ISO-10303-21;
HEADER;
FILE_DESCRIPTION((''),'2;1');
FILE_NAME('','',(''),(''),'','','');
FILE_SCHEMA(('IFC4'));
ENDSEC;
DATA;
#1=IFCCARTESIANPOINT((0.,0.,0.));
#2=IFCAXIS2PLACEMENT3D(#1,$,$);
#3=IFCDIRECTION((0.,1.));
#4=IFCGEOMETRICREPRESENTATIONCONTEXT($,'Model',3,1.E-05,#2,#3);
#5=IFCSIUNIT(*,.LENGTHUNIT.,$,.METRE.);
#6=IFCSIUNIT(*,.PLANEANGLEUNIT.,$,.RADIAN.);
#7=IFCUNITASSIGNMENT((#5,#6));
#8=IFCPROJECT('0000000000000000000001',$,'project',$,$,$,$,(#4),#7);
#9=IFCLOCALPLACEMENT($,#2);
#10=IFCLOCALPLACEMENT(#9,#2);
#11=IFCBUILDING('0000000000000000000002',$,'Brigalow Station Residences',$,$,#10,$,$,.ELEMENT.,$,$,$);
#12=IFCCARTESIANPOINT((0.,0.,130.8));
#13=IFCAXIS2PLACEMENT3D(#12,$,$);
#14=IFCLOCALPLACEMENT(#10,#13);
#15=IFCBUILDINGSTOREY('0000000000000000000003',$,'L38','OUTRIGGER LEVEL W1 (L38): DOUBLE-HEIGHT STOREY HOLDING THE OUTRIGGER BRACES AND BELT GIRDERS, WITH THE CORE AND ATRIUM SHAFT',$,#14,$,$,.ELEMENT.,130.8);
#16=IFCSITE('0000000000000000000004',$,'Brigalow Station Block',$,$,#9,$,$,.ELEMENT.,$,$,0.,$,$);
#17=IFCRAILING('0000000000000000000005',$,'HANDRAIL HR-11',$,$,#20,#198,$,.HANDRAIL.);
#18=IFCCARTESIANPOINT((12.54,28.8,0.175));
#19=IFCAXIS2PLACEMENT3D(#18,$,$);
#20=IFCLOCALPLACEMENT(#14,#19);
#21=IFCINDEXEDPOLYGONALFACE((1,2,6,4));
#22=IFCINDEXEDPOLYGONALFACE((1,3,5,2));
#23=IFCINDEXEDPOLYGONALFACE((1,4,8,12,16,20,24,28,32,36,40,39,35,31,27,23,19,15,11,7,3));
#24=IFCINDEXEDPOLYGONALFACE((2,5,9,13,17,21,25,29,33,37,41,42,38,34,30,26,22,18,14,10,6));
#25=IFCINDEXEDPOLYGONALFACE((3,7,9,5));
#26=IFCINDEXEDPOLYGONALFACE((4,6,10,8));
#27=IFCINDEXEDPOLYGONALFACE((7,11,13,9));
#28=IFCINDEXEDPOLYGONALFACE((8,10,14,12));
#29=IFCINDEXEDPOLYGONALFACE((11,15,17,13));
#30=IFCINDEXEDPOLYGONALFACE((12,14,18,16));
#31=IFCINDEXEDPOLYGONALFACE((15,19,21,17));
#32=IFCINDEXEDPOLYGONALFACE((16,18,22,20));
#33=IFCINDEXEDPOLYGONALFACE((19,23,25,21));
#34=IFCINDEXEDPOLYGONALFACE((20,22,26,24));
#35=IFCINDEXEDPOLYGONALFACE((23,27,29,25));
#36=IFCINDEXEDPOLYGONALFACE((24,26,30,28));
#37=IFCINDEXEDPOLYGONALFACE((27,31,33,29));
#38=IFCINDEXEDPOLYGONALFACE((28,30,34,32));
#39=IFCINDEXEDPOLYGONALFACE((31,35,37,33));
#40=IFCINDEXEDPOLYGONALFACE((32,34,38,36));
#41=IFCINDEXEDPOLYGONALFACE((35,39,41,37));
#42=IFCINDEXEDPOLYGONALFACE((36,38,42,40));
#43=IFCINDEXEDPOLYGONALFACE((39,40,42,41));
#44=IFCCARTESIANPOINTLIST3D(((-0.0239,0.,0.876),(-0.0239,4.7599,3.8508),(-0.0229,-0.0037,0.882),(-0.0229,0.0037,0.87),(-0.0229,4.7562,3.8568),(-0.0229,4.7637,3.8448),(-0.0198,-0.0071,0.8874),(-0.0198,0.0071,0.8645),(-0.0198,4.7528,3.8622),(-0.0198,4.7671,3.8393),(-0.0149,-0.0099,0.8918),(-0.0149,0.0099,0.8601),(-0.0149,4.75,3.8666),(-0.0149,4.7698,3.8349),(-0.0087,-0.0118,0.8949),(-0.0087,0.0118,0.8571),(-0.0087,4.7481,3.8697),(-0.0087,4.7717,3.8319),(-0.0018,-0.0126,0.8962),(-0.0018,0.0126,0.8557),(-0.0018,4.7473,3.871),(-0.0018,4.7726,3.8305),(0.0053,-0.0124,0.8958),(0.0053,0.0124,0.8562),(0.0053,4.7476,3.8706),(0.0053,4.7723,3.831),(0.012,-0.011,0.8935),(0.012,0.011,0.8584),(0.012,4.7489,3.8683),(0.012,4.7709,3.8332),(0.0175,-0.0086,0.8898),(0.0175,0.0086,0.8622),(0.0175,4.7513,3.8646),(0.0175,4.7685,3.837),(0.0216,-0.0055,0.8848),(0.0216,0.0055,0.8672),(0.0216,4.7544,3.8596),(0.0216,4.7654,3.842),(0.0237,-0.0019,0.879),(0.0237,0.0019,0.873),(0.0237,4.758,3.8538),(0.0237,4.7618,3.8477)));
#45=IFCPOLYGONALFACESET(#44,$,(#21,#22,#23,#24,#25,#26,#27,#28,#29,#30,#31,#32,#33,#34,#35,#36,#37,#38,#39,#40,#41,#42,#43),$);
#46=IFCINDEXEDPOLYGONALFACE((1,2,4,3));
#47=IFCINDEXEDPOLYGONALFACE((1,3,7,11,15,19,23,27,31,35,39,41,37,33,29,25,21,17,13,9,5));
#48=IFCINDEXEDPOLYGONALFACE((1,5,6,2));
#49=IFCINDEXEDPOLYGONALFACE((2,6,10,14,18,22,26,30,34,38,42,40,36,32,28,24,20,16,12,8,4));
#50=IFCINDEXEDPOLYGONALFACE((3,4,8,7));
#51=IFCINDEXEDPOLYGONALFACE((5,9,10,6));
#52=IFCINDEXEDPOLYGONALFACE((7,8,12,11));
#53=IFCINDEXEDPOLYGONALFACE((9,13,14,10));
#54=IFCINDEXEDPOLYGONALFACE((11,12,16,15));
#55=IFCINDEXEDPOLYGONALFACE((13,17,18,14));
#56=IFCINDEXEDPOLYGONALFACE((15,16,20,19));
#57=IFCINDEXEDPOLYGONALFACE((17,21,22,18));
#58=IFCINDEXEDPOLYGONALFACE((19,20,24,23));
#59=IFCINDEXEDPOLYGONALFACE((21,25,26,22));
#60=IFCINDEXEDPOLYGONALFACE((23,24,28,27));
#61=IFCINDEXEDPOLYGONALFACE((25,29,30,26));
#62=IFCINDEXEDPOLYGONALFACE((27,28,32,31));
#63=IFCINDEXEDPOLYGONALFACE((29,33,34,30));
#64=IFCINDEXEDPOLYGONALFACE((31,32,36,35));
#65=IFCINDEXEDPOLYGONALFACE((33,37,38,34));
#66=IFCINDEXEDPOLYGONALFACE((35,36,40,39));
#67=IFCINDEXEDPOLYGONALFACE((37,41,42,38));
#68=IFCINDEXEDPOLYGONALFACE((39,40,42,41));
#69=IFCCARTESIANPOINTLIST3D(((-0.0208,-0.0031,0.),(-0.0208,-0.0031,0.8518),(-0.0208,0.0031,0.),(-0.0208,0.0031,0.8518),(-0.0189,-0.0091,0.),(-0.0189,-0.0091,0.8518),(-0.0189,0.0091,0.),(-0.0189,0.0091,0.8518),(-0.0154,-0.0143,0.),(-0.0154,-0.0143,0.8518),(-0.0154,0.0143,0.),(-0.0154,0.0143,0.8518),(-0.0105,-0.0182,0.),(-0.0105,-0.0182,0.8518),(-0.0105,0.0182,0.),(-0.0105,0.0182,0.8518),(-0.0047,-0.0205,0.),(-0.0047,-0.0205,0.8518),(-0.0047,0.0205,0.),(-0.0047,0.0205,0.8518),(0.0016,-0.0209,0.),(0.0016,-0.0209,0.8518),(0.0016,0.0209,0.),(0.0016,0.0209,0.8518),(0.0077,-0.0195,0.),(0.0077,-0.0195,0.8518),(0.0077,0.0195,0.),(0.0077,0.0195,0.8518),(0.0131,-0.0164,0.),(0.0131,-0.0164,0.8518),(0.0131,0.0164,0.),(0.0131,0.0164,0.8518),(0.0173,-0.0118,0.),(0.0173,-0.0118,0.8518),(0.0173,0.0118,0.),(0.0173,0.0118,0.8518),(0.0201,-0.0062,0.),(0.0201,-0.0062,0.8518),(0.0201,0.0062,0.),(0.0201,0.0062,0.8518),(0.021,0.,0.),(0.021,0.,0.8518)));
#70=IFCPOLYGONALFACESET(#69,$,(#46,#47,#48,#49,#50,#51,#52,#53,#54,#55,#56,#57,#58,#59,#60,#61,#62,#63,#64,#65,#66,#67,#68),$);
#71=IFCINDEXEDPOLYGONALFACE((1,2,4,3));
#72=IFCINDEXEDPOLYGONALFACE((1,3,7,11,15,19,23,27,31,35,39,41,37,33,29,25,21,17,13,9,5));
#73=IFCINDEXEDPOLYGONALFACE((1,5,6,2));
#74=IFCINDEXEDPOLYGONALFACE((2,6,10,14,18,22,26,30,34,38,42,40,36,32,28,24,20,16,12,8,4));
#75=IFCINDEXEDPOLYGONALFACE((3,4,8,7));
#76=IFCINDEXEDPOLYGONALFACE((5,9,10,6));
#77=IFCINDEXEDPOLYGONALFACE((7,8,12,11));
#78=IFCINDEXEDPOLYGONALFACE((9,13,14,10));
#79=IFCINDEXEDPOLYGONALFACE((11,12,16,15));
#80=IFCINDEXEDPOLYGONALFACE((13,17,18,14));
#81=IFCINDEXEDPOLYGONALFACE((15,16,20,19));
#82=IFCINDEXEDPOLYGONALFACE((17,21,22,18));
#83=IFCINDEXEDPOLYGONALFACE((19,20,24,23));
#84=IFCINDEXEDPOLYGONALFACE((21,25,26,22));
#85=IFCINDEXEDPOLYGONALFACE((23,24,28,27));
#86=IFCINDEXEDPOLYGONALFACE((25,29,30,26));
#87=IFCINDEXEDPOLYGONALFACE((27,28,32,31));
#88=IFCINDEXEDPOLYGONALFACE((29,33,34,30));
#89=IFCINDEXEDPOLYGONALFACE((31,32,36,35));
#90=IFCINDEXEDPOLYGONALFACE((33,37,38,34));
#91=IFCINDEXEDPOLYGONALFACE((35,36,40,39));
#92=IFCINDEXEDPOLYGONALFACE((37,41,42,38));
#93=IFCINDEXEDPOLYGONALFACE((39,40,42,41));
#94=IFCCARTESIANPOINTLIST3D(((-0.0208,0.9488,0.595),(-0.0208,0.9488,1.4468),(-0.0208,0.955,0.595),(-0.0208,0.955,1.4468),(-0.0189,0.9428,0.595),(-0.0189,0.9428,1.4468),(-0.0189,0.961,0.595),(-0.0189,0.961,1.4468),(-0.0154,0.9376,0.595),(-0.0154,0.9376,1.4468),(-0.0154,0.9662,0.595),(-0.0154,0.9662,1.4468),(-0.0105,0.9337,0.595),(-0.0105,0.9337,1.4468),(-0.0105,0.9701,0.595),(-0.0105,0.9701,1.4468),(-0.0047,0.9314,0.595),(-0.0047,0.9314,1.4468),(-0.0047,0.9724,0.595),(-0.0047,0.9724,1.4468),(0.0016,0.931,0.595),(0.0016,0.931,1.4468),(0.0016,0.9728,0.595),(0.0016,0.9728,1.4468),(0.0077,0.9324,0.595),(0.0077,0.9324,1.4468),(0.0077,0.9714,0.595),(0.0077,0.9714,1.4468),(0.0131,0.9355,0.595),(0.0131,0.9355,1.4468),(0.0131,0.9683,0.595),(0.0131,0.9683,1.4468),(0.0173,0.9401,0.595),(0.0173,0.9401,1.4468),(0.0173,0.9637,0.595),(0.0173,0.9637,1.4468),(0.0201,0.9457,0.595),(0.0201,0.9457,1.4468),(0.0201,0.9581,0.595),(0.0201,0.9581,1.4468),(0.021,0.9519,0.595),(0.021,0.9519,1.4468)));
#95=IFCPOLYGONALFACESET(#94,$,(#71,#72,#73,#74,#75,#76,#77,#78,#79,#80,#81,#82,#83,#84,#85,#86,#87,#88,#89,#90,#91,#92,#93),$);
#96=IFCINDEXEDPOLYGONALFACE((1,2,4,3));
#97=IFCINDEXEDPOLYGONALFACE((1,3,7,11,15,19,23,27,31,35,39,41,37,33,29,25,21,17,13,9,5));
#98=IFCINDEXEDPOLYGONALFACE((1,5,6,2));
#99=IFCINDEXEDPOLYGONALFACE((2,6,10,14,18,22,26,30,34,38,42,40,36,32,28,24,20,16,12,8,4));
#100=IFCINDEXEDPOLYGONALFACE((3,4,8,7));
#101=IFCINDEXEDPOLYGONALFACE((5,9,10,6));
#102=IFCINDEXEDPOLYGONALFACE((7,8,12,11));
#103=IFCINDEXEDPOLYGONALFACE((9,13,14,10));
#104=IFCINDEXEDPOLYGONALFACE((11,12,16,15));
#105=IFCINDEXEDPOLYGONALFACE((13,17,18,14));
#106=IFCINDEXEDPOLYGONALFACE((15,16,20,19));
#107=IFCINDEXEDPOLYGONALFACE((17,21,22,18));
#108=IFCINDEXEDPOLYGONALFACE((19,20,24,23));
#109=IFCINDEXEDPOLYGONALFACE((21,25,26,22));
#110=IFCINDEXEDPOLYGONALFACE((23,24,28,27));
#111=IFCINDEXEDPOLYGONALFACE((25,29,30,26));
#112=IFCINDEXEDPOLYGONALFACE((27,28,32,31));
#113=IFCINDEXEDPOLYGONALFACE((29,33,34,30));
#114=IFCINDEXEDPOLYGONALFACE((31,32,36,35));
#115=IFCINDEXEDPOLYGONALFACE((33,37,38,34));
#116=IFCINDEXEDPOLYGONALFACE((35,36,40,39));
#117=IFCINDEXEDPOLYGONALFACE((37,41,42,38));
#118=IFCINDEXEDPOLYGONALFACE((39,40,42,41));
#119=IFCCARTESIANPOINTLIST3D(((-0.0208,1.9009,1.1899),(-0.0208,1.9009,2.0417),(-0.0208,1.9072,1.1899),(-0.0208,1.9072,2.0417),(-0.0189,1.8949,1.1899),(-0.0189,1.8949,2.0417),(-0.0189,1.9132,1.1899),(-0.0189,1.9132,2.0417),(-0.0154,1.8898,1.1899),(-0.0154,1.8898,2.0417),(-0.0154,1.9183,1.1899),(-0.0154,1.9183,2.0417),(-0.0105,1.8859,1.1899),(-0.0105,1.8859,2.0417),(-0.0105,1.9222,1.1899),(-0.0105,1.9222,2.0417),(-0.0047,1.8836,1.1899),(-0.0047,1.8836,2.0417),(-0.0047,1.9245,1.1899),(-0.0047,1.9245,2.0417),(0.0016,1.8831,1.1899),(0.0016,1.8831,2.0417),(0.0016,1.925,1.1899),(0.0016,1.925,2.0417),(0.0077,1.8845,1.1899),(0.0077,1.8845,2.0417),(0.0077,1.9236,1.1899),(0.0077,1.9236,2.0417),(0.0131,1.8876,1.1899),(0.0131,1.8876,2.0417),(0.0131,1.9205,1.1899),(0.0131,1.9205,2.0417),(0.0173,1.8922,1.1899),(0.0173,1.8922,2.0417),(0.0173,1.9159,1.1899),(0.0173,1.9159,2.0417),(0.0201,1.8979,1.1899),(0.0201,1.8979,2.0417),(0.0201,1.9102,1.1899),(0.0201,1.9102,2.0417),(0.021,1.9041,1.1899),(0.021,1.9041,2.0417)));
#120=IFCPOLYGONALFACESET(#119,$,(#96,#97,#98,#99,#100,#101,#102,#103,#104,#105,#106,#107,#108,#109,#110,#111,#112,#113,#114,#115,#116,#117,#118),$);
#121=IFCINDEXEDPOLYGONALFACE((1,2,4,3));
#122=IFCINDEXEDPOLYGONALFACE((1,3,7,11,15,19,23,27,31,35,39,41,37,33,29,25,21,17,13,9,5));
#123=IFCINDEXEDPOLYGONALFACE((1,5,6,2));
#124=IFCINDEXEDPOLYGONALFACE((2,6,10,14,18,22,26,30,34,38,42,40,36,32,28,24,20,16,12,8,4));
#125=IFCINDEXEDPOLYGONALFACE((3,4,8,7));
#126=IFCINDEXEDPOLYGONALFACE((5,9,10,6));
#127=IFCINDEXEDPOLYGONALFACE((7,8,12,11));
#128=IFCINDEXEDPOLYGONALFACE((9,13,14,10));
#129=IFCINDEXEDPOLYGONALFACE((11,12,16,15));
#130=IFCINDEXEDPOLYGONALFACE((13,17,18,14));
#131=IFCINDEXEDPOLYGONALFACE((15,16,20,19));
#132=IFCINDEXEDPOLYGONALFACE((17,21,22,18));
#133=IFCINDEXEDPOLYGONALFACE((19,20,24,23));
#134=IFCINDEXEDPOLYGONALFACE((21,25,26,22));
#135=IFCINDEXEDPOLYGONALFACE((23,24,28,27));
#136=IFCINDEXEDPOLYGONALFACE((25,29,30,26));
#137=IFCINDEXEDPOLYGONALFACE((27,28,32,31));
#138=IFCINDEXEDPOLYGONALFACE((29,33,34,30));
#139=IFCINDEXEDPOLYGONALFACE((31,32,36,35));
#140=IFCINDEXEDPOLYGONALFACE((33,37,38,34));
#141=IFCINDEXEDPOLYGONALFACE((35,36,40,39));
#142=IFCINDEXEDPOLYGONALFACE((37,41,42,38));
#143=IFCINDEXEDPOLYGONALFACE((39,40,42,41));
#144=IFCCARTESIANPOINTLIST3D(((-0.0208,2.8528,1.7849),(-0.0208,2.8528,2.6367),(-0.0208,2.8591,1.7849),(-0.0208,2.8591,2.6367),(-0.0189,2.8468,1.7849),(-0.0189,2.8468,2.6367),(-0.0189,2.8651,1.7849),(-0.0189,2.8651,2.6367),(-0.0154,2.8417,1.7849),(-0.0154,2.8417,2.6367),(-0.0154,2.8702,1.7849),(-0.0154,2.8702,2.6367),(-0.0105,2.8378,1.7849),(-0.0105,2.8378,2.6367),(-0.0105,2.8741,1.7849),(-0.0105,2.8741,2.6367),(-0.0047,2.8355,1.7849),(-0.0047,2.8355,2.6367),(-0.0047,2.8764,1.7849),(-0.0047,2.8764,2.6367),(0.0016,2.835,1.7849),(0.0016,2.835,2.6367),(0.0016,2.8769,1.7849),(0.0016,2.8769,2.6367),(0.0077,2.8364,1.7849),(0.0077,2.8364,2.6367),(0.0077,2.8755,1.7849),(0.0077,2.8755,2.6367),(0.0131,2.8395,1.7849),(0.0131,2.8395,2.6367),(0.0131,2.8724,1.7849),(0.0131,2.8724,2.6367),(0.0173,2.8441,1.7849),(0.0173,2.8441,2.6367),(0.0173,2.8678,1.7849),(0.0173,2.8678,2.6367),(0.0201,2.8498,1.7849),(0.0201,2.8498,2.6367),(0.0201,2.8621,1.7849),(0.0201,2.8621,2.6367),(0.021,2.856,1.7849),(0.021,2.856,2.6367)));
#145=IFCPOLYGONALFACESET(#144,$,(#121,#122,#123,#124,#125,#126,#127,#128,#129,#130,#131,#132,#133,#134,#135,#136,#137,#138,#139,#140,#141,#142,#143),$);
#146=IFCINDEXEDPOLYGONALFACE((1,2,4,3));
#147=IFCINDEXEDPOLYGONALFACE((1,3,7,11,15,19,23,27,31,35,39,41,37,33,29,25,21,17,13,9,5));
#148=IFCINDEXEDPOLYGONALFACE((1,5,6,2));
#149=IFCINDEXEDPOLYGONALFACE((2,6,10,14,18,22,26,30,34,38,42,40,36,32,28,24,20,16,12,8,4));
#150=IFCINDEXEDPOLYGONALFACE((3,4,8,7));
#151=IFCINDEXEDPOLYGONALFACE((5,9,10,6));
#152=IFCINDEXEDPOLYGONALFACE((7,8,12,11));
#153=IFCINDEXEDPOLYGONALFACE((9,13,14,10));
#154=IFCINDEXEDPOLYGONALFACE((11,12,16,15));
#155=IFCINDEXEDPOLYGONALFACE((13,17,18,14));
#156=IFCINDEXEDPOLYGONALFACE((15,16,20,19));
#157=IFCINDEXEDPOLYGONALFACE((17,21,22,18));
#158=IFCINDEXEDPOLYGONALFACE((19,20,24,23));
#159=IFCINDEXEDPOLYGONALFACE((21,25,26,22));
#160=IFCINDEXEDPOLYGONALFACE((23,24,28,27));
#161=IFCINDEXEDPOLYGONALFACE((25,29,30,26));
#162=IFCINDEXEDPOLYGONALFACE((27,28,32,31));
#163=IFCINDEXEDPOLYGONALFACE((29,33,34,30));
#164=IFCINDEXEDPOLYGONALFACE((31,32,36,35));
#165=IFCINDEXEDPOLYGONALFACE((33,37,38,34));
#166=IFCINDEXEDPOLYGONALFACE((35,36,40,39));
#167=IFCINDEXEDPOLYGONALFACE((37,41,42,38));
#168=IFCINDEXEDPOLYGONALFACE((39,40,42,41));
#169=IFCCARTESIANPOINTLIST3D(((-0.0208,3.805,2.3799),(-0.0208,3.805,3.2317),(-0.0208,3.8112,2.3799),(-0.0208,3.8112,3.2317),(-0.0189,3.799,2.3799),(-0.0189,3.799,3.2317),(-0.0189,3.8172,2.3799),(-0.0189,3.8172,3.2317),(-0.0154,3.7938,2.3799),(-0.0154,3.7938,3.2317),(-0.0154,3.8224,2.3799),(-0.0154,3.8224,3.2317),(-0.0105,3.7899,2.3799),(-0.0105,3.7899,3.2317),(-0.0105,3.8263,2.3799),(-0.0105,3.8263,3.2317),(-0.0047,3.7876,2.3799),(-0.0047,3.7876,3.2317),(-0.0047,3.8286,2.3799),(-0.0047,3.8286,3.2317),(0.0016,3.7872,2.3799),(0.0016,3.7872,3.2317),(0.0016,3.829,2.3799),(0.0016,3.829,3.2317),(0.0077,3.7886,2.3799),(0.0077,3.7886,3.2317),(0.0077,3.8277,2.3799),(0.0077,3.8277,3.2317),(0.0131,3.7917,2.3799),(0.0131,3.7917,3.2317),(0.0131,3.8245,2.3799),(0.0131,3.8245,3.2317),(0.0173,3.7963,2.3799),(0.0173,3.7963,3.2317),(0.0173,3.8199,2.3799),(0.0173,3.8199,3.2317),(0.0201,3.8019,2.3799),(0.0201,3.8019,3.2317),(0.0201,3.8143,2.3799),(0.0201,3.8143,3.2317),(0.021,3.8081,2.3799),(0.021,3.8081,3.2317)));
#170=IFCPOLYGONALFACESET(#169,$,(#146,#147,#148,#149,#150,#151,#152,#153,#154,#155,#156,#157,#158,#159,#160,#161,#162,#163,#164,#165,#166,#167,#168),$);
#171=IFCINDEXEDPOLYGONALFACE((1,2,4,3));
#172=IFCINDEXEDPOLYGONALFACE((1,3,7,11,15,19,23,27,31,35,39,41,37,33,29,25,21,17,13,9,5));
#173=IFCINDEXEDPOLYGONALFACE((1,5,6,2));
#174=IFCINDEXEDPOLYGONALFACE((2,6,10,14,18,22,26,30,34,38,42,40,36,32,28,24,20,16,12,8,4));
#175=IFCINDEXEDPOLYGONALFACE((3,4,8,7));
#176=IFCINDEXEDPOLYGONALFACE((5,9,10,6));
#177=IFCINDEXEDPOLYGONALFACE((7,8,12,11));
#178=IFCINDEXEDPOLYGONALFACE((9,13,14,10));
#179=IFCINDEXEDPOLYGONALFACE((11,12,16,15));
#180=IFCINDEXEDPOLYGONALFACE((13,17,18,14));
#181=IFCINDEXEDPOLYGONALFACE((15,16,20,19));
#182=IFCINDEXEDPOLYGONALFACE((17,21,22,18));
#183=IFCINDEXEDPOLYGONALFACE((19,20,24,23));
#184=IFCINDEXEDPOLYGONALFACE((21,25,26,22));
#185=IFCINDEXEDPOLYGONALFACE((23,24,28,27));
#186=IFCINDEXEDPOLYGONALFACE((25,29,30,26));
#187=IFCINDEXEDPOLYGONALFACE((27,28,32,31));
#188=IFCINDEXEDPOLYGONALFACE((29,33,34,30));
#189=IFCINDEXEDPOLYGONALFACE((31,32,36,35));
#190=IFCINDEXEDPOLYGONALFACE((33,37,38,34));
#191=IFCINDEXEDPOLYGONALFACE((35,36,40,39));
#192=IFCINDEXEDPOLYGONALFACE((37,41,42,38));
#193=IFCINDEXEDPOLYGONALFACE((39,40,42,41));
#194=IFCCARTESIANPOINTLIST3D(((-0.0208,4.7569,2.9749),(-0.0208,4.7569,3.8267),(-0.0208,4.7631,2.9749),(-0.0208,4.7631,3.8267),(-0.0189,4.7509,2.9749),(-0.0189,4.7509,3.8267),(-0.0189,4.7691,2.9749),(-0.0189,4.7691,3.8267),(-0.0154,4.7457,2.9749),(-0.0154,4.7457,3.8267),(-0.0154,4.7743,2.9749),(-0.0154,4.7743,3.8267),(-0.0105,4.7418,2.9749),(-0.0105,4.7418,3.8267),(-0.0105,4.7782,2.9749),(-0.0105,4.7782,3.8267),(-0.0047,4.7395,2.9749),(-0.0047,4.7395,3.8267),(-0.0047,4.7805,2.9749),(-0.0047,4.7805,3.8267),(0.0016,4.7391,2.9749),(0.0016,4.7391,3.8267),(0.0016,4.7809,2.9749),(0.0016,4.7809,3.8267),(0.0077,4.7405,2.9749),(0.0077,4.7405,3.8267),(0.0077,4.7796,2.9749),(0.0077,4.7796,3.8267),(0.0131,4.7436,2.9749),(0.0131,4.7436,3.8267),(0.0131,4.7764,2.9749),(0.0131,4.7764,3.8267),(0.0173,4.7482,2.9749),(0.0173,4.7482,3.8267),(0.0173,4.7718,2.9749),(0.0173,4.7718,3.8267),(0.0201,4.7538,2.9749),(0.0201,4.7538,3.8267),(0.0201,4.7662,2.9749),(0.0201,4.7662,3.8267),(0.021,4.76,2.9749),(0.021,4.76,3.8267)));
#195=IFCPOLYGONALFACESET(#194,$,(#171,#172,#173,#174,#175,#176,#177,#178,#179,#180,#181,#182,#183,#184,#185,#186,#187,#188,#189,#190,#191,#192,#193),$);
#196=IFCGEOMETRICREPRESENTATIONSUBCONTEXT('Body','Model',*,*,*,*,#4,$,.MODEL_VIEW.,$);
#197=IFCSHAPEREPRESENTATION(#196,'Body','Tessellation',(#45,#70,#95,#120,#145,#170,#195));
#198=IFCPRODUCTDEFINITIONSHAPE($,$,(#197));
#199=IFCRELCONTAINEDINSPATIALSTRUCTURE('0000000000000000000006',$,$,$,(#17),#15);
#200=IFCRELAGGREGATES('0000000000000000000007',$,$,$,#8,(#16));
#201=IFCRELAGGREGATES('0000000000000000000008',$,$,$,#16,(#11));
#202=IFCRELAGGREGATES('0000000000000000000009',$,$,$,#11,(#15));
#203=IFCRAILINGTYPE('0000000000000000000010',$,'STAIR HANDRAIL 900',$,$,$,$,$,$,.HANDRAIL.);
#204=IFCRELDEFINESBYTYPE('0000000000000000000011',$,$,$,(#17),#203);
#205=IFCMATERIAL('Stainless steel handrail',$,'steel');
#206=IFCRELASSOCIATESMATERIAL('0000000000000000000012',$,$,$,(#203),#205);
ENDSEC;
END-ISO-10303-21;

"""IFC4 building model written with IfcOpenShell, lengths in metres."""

from ifc_helpers import new_model, si_unit, direction, frame, origin, origin_2d, place, context, subcontext, project, spatial, circle, extrude, material, type_object, element, save


model = new_model("IFC4")

# Units and contexts
model_context = context("Model", 3, precision=1e-05, world=origin(), true_north=direction((0.0, 1.0)))
body_context = subcontext(model_context, "Body", "Model", "MODEL_VIEW")
ifc_project = project(units=[si_unit("LENGTHUNIT", "METRE"), si_unit("PLANEANGLEUNIT", "RADIAN")], contexts=[model_context])

# Site, building, storey
site_placement = place(None, origin())
site = spatial("IfcSite", under=ifc_project, at=site_placement, Name="Brigalow Station Block", CompositionType="ELEMENT", RefElevation=0.0)
building_placement = place(site_placement, origin())
building = spatial("IfcBuilding", under=site, at=building_placement, Name="Brigalow Station Residences", CompositionType="ELEMENT")
storey_placement = place(building_placement, frame((0.0, 0.0, 130.8)))
storey = spatial("IfcBuildingStorey", under=building, at=storey_placement, Name="L38", Description="OUTRIGGER LEVEL W1 (L38): DOUBLE-HEIGHT STOREY HOLDING THE OUTRIGGER BRACES AND BELT GIRDERS, WITH THE CORE AND ATRIUM SHAFT", CompositionType="ELEMENT", Elevation=130.8)

# Railing
ifc_material_1 = material(Name="Stainless steel handrail", Category="steel")
railing_type_1 = type_object("IfcRailingType", Name="STAIR HANDRAIL 900", PredefinedType="HANDRAIL", material=ifc_material_1)
railing_1_placement = place(storey_placement, frame((12.54, 28.8, 0.175)))
element("IfcRailing", 1, at=railing_1_placement, inside=storey, type_object=railing_type_1, Name="HANDRAIL HR-11", PredefinedType="HANDRAIL", context=body_context, shape_type="SweptSolid", body=[
    extrude(circle(Radius=0.0239, at=origin_2d()), frame((0.0, 0.0, 0.876), z_axis=(0.0, 0.848011, 0.529979), x_axis=(-1.0, 0.0, 0.0)), (0.0, 0.0, 1.0), 5.613),
    extrude(circle(Radius=0.021, at=origin_2d()), origin(), (0.0, 0.0, 1.0), 0.8518),
    extrude(circle(Radius=0.021, at=origin_2d()), frame((0.0, 0.9519, 0.595)), (0.0, 0.0, 1.0), 0.8518),
    extrude(circle(Radius=0.021, at=origin_2d()), frame((0.0, 1.9041, 1.1899)), (0.0, 0.0, 1.0), 0.8518),
    extrude(circle(Radius=0.021, at=origin_2d()), frame((0.0, 2.856, 1.7849)), (0.0, 0.0, 1.0), 0.8518),
    extrude(circle(Radius=0.021, at=origin_2d()), frame((0.0, 3.8081, 2.3799)), (0.0, 0.0, 1.0), 0.8518),
    extrude(circle(Radius=0.021, at=origin_2d()), frame((0.0, 4.76, 2.9749)), (0.0, 0.0, 1.0), 0.8518),
])

save(model, "model.ifc")
